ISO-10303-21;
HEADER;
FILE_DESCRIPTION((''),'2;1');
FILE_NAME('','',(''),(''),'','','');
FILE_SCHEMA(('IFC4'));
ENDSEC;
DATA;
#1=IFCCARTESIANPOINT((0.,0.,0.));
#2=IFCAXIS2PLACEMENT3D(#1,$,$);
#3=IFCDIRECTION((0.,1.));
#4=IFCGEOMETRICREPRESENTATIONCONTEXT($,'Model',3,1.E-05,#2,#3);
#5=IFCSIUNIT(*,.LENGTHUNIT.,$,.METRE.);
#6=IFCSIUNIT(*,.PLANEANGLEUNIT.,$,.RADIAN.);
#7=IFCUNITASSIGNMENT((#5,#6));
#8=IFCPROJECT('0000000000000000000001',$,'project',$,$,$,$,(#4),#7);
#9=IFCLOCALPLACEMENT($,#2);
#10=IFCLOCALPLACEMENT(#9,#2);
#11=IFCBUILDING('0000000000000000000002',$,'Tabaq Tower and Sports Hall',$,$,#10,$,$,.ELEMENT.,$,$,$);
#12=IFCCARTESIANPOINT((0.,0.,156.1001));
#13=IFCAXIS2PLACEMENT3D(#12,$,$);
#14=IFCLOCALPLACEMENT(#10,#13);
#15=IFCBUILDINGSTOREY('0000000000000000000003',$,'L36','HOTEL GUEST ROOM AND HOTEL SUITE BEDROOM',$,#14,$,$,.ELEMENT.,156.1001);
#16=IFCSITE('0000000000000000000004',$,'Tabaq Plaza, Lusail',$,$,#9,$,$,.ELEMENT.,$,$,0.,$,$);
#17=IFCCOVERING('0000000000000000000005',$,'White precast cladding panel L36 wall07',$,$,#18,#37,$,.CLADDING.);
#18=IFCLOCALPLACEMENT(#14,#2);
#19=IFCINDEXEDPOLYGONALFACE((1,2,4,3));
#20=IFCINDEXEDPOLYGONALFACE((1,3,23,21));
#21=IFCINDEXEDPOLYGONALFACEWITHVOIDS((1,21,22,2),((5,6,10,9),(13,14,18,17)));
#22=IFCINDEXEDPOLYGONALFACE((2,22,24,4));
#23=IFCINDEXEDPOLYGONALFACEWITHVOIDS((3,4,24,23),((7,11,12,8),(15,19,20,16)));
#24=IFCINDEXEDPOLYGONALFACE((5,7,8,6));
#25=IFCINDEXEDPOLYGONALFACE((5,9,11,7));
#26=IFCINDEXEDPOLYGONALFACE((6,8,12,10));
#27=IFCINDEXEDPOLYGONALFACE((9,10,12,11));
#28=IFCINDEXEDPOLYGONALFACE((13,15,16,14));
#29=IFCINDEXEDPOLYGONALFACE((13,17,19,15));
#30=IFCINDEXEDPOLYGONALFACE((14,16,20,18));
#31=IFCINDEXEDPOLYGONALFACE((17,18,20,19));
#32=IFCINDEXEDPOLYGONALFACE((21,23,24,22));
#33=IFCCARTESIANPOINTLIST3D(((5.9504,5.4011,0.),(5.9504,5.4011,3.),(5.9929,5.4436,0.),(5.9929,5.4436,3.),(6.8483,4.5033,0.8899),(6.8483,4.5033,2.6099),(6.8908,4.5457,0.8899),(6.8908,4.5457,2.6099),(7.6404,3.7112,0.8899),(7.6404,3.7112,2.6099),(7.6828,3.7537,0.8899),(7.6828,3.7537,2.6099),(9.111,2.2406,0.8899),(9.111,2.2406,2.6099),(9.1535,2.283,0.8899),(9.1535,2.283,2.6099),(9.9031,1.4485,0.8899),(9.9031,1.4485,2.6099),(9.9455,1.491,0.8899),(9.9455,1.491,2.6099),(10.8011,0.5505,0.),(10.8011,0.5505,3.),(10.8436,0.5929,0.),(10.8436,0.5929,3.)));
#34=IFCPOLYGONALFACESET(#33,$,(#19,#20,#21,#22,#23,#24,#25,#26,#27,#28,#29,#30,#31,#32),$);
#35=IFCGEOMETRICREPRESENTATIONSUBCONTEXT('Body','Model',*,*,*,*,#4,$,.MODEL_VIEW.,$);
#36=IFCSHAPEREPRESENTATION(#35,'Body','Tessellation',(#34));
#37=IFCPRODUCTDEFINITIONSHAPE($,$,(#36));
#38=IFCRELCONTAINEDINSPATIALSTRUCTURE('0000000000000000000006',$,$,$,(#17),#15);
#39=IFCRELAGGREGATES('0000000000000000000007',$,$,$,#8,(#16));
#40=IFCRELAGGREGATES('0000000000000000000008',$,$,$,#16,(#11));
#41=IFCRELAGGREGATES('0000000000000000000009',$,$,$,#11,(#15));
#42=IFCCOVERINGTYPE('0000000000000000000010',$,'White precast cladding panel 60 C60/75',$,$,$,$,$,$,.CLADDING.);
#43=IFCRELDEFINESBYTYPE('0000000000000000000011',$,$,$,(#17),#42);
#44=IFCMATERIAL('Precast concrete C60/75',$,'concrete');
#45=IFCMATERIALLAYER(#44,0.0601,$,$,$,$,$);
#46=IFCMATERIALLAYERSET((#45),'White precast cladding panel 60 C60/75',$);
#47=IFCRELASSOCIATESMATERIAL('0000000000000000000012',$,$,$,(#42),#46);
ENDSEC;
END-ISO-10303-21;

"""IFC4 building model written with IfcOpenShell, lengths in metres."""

from ifc_helpers import new_model, si_unit, direction, frame, origin, place, context, subcontext, project, spatial, polyline, outline, extrude, material, layer, layer_set, type_object, element, save


model = new_model("IFC4")

# Units and contexts
model_context = context("Model", 3, precision=1e-05, world=origin(), true_north=direction((0.0, 1.0)))
body_context = subcontext(model_context, "Body", "Model", "MODEL_VIEW")
ifc_project = project(units=[si_unit("LENGTHUNIT", "METRE"), si_unit("PLANEANGLEUNIT", "RADIAN")], contexts=[model_context])

# Site, building, storey
site_placement = place(None, origin())
site = spatial("IfcSite", under=ifc_project, at=site_placement, Name="Tabaq Plaza, Lusail", CompositionType="ELEMENT", RefElevation=0.0)
building_placement = place(site_placement, origin())
building = spatial("IfcBuilding", under=site, at=building_placement, Name="Tabaq Tower and Sports Hall", CompositionType="ELEMENT")
storey_placement = place(building_placement, frame((0.0, 0.0, 156.1001)))
storey = spatial("IfcBuildingStorey", under=building, at=storey_placement, Name="L36", Description="HOTEL GUEST ROOM AND HOTEL SUITE BEDROOM", CompositionType="ELEMENT", Elevation=156.1001)

# Covering
ifc_material_1 = material(Name="Precast concrete C60/75", Category="concrete")
ifc_layer_1 = layer(ifc_material_1, 0.0601)
ifc_layer_set_1 = layer_set([ifc_layer_1], Name="White precast cladding panel 60 C60/75")
covering_type_1 = type_object("IfcCoveringType", Name="White precast cladding panel 60 C60/75", PredefinedType="CLADDING", material=ifc_layer_set_1)
covering_1_placement = place(storey_placement, frame((5.9717, 5.4224, 0.0), z_axis=(0.0, 0.0, 1.0), x_axis=(0.707107, -0.707107, 0.0)))
element("IfcCovering", 1, at=covering_1_placement, inside=storey, type_object=covering_type_1, Name="White precast cladding panel L36 wall07", PredefinedType="CLADDING", context=body_context, shape_type="SweptSolid", body=[
    extrude(outline(polyline([(0.0, 0.0), (6.8599, 0.0), (6.8599, 3.0), (0.0, 3.0), (0.0, 0.0)]), holes=[polyline([(1.2698, 2.6099), (2.3899, 2.6099), (2.3899, 0.8899), (1.2698, 0.8899), (1.2698, 2.6099)]), polyline([(4.4697, 2.6099), (5.5898, 2.6099), (5.5898, 0.8899), (4.4697, 0.8899), (4.4697, 2.6099)])]), frame((0.0, 0.03, 0.0), z_axis=(0.0, -1.0, 0.0), x_axis=(1.0, 0.0, 0.0)), (0.0, 0.0, 1.0), 0.0601),
])

save(model, "model.ifc")
